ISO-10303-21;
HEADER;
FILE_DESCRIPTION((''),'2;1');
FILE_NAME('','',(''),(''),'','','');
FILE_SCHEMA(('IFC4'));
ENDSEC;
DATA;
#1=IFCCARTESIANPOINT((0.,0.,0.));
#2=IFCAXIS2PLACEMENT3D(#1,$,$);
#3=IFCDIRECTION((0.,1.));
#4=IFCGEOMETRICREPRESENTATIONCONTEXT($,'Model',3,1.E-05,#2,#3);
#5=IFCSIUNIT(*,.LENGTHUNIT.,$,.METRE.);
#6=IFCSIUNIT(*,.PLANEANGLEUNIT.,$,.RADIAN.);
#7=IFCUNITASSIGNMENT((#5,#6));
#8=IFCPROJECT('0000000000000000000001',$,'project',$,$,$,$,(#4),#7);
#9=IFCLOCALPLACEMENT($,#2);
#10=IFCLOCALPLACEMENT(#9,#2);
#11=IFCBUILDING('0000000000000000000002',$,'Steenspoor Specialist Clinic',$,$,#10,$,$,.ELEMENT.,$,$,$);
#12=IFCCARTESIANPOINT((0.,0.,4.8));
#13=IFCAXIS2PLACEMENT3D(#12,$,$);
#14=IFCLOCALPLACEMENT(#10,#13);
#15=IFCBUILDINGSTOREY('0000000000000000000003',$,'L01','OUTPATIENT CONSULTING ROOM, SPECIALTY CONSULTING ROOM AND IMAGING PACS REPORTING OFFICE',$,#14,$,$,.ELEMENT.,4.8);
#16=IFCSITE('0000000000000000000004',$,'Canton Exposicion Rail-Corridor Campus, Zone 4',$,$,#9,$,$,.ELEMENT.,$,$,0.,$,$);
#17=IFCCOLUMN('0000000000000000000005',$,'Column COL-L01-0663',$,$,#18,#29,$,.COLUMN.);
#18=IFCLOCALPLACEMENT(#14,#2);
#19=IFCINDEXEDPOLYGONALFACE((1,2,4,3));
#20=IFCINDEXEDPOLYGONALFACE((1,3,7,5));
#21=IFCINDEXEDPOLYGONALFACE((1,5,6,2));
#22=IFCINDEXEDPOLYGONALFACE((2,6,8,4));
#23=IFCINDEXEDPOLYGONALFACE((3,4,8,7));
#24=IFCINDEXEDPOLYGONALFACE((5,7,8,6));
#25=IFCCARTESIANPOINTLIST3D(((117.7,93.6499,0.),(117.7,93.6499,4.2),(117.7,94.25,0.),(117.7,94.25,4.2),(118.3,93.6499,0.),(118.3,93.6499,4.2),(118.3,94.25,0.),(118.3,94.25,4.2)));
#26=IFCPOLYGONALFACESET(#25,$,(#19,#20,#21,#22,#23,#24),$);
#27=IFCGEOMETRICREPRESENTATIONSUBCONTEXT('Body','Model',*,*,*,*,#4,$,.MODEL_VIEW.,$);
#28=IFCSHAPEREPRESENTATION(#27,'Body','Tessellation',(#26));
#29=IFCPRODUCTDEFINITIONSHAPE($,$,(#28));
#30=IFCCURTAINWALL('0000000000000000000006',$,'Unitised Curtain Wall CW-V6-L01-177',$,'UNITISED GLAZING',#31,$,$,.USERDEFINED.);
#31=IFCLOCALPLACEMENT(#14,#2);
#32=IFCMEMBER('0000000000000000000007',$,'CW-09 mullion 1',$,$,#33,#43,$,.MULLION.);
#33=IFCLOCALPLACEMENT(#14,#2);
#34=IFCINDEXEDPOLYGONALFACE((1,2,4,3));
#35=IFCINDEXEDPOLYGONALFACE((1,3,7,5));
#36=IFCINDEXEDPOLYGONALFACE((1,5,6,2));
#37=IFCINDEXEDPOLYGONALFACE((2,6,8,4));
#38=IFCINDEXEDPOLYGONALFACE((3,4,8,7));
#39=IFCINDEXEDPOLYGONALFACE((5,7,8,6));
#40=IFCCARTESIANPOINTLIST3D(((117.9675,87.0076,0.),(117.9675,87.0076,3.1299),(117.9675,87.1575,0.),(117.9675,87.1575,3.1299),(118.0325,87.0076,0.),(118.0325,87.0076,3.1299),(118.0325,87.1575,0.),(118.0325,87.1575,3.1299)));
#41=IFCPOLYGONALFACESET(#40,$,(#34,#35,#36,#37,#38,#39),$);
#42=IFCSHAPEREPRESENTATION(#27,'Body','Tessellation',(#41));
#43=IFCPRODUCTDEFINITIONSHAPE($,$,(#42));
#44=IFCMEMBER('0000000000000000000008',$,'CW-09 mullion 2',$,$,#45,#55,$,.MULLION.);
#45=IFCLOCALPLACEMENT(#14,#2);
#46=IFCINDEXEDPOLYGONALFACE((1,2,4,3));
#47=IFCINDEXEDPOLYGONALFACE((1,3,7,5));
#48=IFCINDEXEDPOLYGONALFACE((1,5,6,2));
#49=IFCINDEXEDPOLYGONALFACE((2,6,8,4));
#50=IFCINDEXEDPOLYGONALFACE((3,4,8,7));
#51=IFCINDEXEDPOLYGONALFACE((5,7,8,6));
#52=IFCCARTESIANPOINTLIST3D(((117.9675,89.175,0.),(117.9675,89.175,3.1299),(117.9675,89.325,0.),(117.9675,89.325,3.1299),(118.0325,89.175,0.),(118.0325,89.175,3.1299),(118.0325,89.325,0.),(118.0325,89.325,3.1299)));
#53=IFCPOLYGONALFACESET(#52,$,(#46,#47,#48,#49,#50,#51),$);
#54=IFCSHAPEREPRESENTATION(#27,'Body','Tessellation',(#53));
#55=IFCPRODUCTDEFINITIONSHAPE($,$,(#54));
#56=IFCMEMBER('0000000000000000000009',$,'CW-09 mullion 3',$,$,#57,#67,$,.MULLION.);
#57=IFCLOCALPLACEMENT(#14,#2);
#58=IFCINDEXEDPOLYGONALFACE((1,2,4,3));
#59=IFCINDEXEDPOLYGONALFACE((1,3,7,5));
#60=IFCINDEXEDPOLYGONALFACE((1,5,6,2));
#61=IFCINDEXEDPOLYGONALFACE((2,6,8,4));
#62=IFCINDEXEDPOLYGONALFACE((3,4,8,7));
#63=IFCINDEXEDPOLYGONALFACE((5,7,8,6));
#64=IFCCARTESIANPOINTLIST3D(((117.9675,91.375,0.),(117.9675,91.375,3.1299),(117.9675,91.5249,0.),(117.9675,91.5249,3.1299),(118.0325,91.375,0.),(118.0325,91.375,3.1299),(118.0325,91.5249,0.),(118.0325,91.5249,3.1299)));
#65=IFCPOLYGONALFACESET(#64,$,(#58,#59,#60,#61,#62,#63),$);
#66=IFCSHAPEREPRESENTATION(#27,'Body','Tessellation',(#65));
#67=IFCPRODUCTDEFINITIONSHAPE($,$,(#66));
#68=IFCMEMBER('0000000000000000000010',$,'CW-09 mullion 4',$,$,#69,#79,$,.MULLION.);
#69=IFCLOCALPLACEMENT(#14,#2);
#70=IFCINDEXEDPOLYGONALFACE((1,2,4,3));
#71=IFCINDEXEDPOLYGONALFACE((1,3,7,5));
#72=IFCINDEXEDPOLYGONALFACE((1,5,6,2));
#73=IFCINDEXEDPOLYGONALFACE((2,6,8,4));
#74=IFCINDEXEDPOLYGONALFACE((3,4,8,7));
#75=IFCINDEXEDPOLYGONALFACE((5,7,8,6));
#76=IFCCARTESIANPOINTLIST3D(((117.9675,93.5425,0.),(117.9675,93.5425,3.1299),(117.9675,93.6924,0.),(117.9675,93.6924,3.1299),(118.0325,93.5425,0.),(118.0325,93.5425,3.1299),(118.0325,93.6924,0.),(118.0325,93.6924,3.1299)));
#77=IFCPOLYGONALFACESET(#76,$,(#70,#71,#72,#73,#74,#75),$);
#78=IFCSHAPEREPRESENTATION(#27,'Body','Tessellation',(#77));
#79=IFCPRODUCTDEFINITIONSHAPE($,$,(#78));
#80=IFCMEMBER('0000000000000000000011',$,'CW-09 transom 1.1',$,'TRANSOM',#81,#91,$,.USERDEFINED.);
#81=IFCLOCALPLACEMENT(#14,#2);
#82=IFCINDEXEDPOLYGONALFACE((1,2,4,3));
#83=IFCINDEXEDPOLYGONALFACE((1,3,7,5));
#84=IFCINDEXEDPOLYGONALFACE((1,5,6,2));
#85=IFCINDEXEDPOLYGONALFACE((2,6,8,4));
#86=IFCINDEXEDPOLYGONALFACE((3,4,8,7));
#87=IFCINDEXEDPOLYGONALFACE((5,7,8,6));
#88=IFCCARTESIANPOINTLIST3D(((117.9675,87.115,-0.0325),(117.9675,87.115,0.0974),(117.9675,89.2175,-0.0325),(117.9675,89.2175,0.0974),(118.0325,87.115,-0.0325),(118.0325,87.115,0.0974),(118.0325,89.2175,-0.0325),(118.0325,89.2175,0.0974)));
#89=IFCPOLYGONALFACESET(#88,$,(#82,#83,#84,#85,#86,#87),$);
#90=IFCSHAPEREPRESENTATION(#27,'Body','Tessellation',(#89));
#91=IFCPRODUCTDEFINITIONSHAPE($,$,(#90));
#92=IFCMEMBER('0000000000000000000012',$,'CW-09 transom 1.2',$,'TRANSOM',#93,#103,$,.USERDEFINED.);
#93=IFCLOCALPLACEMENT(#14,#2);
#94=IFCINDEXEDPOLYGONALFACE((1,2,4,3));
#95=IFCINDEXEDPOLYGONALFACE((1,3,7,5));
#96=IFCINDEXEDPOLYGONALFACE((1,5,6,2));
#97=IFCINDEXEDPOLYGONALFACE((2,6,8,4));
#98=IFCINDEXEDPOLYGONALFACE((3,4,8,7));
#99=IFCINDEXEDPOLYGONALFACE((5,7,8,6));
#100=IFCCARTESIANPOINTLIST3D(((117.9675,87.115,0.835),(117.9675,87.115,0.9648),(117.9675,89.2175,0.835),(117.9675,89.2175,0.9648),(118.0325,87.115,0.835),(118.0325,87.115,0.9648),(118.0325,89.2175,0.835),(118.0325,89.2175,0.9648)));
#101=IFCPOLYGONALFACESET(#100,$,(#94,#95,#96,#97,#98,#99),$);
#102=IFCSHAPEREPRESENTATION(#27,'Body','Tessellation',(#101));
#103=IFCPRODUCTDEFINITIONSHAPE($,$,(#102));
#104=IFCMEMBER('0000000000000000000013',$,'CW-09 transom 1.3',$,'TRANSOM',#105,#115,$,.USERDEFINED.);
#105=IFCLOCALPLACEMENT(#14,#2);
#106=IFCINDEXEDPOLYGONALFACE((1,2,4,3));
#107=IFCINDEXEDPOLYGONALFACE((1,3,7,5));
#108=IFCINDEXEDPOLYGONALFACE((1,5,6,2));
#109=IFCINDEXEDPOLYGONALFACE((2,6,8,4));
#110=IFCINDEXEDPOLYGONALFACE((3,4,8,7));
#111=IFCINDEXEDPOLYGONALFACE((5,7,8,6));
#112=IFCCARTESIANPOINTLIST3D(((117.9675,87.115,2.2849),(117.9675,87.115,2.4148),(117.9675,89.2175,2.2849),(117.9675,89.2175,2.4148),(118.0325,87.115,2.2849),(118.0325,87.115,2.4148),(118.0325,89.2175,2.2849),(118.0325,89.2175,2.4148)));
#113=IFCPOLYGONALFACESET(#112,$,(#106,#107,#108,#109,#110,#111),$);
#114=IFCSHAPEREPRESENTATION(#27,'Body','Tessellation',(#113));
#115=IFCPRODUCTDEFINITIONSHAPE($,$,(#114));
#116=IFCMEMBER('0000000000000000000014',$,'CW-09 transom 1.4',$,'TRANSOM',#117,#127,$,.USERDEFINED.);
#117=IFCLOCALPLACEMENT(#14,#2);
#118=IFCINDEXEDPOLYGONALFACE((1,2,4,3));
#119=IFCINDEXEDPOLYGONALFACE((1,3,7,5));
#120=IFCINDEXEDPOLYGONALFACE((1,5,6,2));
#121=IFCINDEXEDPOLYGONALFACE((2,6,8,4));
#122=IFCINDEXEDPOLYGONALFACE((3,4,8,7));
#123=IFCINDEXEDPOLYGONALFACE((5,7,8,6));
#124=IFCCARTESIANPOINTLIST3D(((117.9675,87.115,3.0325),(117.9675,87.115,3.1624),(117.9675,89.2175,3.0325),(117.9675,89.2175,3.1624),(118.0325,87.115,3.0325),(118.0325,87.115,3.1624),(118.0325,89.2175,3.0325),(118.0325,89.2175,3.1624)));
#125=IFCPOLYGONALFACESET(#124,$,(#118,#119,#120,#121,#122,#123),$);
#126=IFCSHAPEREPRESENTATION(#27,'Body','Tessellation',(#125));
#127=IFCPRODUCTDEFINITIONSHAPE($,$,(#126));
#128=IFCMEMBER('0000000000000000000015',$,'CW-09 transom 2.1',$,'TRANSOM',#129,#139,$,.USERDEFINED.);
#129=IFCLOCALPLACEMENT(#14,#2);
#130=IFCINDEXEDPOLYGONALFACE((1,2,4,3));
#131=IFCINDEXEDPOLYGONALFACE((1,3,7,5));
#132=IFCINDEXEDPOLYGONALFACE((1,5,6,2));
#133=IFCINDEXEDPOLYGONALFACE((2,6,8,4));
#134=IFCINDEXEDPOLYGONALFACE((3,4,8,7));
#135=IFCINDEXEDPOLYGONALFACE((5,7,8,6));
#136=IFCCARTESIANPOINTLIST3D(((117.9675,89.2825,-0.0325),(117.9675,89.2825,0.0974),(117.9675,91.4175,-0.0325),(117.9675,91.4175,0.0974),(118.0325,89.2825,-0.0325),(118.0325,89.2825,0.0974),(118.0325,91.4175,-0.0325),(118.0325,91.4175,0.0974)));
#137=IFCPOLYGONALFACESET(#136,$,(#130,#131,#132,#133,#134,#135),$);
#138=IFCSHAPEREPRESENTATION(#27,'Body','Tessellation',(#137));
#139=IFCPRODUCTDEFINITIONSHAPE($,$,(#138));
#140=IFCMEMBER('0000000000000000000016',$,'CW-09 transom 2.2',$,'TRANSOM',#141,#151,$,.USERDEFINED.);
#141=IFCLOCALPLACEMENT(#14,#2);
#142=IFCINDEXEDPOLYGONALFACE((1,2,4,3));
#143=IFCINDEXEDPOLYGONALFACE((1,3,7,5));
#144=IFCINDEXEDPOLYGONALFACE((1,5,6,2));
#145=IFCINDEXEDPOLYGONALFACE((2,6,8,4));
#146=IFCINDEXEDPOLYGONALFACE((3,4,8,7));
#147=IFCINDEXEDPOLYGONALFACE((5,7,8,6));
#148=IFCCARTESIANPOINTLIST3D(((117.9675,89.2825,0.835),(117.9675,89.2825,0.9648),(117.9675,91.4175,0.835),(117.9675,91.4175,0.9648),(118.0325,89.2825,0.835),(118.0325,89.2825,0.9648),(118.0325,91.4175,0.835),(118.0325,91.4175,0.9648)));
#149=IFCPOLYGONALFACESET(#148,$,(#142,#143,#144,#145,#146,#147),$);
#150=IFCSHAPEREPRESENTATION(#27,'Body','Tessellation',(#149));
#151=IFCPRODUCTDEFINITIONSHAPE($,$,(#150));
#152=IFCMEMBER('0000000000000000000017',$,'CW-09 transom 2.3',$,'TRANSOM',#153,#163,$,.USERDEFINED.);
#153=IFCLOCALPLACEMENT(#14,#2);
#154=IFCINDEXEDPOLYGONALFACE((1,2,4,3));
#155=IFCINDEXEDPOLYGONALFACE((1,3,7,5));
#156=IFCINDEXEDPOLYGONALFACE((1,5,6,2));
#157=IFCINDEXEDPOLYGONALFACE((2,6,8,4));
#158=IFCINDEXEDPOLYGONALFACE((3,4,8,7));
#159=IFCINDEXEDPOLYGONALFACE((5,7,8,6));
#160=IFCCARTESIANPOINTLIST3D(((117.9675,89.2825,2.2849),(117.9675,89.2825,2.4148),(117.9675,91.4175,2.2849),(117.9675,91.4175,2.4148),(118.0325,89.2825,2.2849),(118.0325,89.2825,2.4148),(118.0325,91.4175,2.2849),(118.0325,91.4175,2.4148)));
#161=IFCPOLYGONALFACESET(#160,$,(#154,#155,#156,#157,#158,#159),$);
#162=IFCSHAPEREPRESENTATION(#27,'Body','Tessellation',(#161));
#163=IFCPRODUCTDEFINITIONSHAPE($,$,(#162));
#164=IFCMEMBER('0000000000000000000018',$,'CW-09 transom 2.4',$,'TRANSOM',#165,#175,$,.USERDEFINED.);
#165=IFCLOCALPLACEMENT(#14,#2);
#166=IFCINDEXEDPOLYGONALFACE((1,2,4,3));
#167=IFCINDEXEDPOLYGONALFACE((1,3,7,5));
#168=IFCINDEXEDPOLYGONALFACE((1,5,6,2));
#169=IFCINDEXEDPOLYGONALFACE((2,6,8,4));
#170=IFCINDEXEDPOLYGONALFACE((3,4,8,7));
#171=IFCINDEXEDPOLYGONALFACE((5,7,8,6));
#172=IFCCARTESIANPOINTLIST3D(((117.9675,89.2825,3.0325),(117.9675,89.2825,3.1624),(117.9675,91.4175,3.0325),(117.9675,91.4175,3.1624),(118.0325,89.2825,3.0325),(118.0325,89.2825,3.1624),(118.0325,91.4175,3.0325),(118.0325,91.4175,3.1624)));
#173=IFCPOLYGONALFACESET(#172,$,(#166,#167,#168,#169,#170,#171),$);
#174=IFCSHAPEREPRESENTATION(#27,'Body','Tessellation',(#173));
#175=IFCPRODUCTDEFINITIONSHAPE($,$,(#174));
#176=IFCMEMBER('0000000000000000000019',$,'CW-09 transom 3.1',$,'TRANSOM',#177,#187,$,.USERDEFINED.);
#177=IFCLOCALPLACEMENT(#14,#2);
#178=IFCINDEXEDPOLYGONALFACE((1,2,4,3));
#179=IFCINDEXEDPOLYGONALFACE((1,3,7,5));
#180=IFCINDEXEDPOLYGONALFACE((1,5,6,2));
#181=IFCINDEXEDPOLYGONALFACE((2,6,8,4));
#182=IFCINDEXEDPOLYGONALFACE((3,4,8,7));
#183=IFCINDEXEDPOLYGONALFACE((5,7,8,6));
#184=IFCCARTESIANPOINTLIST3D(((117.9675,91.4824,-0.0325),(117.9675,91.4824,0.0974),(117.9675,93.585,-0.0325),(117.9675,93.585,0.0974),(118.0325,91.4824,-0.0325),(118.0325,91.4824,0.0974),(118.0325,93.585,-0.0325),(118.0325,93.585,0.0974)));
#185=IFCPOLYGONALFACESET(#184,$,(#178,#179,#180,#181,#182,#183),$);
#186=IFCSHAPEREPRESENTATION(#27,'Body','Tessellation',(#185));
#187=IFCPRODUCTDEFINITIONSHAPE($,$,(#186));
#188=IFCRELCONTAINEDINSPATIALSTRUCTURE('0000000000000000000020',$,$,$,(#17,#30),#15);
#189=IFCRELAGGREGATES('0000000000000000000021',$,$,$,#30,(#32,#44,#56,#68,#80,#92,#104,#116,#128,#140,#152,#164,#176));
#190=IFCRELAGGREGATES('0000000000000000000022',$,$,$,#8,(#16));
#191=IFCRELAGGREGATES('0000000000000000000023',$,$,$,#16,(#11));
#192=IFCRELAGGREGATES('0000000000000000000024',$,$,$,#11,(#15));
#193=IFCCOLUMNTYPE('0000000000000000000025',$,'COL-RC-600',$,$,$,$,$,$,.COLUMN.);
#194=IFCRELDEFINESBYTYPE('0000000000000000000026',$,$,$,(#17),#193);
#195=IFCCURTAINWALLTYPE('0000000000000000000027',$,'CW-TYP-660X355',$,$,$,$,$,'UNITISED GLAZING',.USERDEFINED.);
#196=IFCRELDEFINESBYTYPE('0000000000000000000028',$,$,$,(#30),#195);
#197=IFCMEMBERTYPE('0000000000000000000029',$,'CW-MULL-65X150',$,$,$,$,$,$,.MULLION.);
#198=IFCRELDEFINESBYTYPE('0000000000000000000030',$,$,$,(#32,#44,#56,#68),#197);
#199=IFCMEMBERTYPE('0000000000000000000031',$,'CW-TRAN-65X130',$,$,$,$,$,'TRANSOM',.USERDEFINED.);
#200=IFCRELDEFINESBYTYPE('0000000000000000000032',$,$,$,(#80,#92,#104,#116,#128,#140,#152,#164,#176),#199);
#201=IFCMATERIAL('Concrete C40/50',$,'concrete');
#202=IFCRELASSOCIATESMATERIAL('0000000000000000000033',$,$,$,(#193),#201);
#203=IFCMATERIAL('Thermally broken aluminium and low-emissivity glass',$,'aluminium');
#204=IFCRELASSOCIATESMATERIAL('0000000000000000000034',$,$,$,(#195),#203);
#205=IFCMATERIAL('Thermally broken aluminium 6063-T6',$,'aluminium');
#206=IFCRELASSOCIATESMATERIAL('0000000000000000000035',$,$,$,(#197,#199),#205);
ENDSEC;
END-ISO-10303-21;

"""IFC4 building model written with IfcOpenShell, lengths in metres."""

from ifc_helpers import new_model, si_unit, direction, frame, origin, origin_2d, place, context, subcontext, project, spatial, rectangle, extrude, material, material_profile, profile_set, type_object, element, aggregate, save


model = new_model("IFC4")

# Units and contexts
model_context = context("Model", 3, precision=1e-05, world=origin(), true_north=direction((0.0, 1.0)))
body_context = subcontext(model_context, "Body", "Model", "MODEL_VIEW")
ifc_project = project(units=[si_unit("LENGTHUNIT", "METRE"), si_unit("PLANEANGLEUNIT", "RADIAN")], contexts=[model_context])

# Site, building, storey
site_placement = place(None, origin())
site = spatial("IfcSite", under=ifc_project, at=site_placement, Name="Canton Exposicion Rail-Corridor Campus, Zone 4", CompositionType="ELEMENT", RefElevation=0.0)
building_placement = place(site_placement, origin())
building = spatial("IfcBuilding", under=site, at=building_placement, Name="Steenspoor Specialist Clinic", CompositionType="ELEMENT")
storey_placement = place(building_placement, frame((0.0, 0.0, 4.8)))
storey = spatial("IfcBuildingStorey", under=building, at=storey_placement, Name="L01", Description="OUTPATIENT CONSULTING ROOM, SPECIALTY CONSULTING ROOM AND IMAGING PACS REPORTING OFFICE", CompositionType="ELEMENT", Elevation=4.8)

# Column
ifc_material_1 = material(Name="Concrete C40/50", Category="concrete")
ifc_material_profile_1 = material_profile(ifc_material_1, rectangle(XDim=0.6001, YDim=0.6001, at=origin_2d()), Name="RC-COL-600X600")
ifc_profile_set_1 = profile_set([ifc_material_profile_1], Name="Concrete C40/50")
column_type = type_object("IfcColumnType", Name="COL-RC-600", PredefinedType="COLUMN", material=ifc_profile_set_1)
column_placement = place(storey_placement, frame((118.0, 93.95, 0.0), z_axis=(0.0, 0.0, 1.0), x_axis=(1.0, 0.0, 0.0)))
element("IfcColumn", 1, at=column_placement, inside=storey, type_object=column_type, Name="Column COL-L01-0663", PredefinedType="COLUMN", context=body_context, shape_type="SweptSolid", body=[
    extrude(rectangle(XDim=0.6001, YDim=0.6001, at=origin_2d()), origin(), (0.0, 0.0, 1.0), 4.2),
])

# Curtain wall, members
ifc_material_2 = material(Name="Thermally broken aluminium and low-emissivity glass", Category="aluminium")
curtain_wall_type = type_object("IfcCurtainWallType", Name="CW-TYP-660X355", ElementType="UNITISED GLAZING", PredefinedType="USERDEFINED", material=ifc_material_2)
curtain_wall_placement = place(storey_placement, origin())
curtain_wall = element("IfcCurtainWall", 2, at=curtain_wall_placement, inside=storey, type_object=curtain_wall_type, Name="Unitised Curtain Wall CW-V6-L01-177", ObjectType="UNITISED GLAZING", PredefinedType="USERDEFINED")
ifc_material_3 = material(Name="Thermally broken aluminium 6063-T6", Category="aluminium")
ifc_material_profile_2 = material_profile(ifc_material_3, rectangle(XDim=0.0649, YDim=0.1499, at=origin_2d()), Name="CWM-65X150")
ifc_profile_set_2 = profile_set([ifc_material_profile_2], Name="Thermally broken aluminium 6063-T6")
member_type_1 = type_object("IfcMemberType", Name="CW-MULL-65X150", PredefinedType="MULLION", material=ifc_profile_set_2)
member_1_placement = place(storey_placement, frame((118.0, 87.0825, 0.0), z_axis=(0.0, 0.0, 1.0), x_axis=(-1.0, 0.0, 0.0)))
member_1 = element("IfcMember", 3, at=member_1_placement, type_object=member_type_1, Name="CW-09 mullion 1", PredefinedType="MULLION", context=body_context, shape_type="SweptSolid", body=[
    extrude(rectangle(XDim=0.0649, YDim=0.1499, at=origin_2d()), origin(), (0.0, 0.0, 1.0), 3.1299),
])
member_2_placement = place(storey_placement, frame((118.0, 89.25, 0.0), z_axis=(0.0, 0.0, 1.0), x_axis=(-1.0, 0.0, 0.0)))
member_2 = element("IfcMember", 4, at=member_2_placement, type_object=member_type_1, Name="CW-09 mullion 2", PredefinedType="MULLION", context=body_context, shape_type="SweptSolid", body=[
    extrude(rectangle(XDim=0.0649, YDim=0.1499, at=origin_2d()), origin(), (0.0, 0.0, 1.0), 3.1299),
])
member_3_placement = place(storey_placement, frame((118.0, 91.45, 0.0), z_axis=(0.0, 0.0, 1.0), x_axis=(-1.0, 0.0, 0.0)))
member_3 = element("IfcMember", 5, at=member_3_placement, type_object=member_type_1, Name="CW-09 mullion 3", PredefinedType="MULLION", context=body_context, shape_type="SweptSolid", body=[
    extrude(rectangle(XDim=0.0649, YDim=0.1499, at=origin_2d()), origin(), (0.0, 0.0, 1.0), 3.1299),
])
member_4_placement = place(storey_placement, frame((118.0, 93.6174, 0.0), z_axis=(0.0, 0.0, 1.0), x_axis=(-1.0, 0.0, 0.0)))
member_4 = element("IfcMember", 6, at=member_4_placement, type_object=member_type_1, Name="CW-09 mullion 4", PredefinedType="MULLION", context=body_context, shape_type="SweptSolid", body=[
    extrude(rectangle(XDim=0.0649, YDim=0.1499, at=origin_2d()), origin(), (0.0, 0.0, 1.0), 3.1299),
])
ifc_material_profile_3 = material_profile(ifc_material_3, rectangle(XDim=0.0649, YDim=0.1299, at=origin_2d()), Name="CWT-65X130")
ifc_profile_set_3 = profile_set([ifc_material_profile_3], Name="Thermally broken aluminium 6063-T6")
member_type_2 = type_object("IfcMemberType", Name="CW-TRAN-65X130", ElementType="TRANSOM", PredefinedType="USERDEFINED", material=ifc_profile_set_3)
member_5_placement = place(storey_placement, frame((118.0, 87.115, 0.0325), z_axis=(0.0, 1.0, 0.0), x_axis=(-1.0, 0.0, 0.0)))
member_5 = element("IfcMember", 7, at=member_5_placement, type_object=member_type_2, Name="CW-09 transom 1.1", ObjectType="TRANSOM", PredefinedType="USERDEFINED", context=body_context, shape_type="SweptSolid", body=[
    extrude(rectangle(XDim=0.0649, YDim=0.1299, at=origin_2d()), origin(), (0.0, 0.0, 1.0), 2.1025),
])
member_6_placement = place(storey_placement, frame((118.0, 87.115, 0.8999), z_axis=(0.0, 1.0, 0.0), x_axis=(-1.0, 0.0, 0.0)))
member_6 = element("IfcMember", 8, at=member_6_placement, type_object=member_type_2, Name="CW-09 transom 1.2", ObjectType="TRANSOM", PredefinedType="USERDEFINED", context=body_context, shape_type="SweptSolid", body=[
    extrude(rectangle(XDim=0.0649, YDim=0.1299, at=origin_2d()), origin(), (0.0, 0.0, 1.0), 2.1025),
])
member_7_placement = place(storey_placement, frame((118.0, 87.115, 2.3499), z_axis=(0.0, 1.0, 0.0), x_axis=(-1.0, 0.0, 0.0)))
member_7 = element("IfcMember", 9, at=member_7_placement, type_object=member_type_2, Name="CW-09 transom 1.3", ObjectType="TRANSOM", PredefinedType="USERDEFINED", context=body_context, shape_type="SweptSolid", body=[
    extrude(rectangle(XDim=0.0649, YDim=0.1299, at=origin_2d()), origin(), (0.0, 0.0, 1.0), 2.1025),
])
member_8_placement = place(storey_placement, frame((118.0, 87.115, 3.0974), z_axis=(0.0, 1.0, 0.0), x_axis=(-1.0, 0.0, 0.0)))
member_8 = element("IfcMember", 10, at=member_8_placement, type_object=member_type_2, Name="CW-09 transom 1.4", ObjectType="TRANSOM", PredefinedType="USERDEFINED", context=body_context, shape_type="SweptSolid", body=[
    extrude(rectangle(XDim=0.0649, YDim=0.1299, at=origin_2d()), origin(), (0.0, 0.0, 1.0), 2.1025),
])
member_9_placement = place(storey_placement, frame((118.0, 89.2825, 0.0325), z_axis=(0.0, 1.0, 0.0), x_axis=(-1.0, 0.0, 0.0)))
member_9 = element("IfcMember", 11, at=member_9_placement, type_object=member_type_2, Name="CW-09 transom 2.1", ObjectType="TRANSOM", PredefinedType="USERDEFINED", context=body_context, shape_type="SweptSolid", body=[
    extrude(rectangle(XDim=0.0649, YDim=0.1299, at=origin_2d()), origin(), (0.0, 0.0, 1.0), 2.135),
])
member_10_placement = place(storey_placement, frame((118.0, 89.2825, 0.8999), z_axis=(0.0, 1.0, 0.0), x_axis=(-1.0, 0.0, 0.0)))
member_10 = element("IfcMember", 12, at=member_10_placement, type_object=member_type_2, Name="CW-09 transom 2.2", ObjectType="TRANSOM", PredefinedType="USERDEFINED", context=body_context, shape_type="SweptSolid", body=[
    extrude(rectangle(XDim=0.0649, YDim=0.1299, at=origin_2d()), origin(), (0.0, 0.0, 1.0), 2.135),
])
member_11_placement = place(storey_placement, frame((118.0, 89.2825, 2.3499), z_axis=(0.0, 1.0, 0.0), x_axis=(-1.0, 0.0, 0.0)))
member_11 = element("IfcMember", 13, at=member_11_placement, type_object=member_type_2, Name="CW-09 transom 2.3", ObjectType="TRANSOM", PredefinedType="USERDEFINED", context=body_context, shape_type="SweptSolid", body=[
    extrude(rectangle(XDim=0.0649, YDim=0.1299, at=origin_2d()), origin(), (0.0, 0.0, 1.0), 2.135),
])
member_12_placement = place(storey_placement, frame((118.0, 89.2825, 3.0974), z_axis=(0.0, 1.0, 0.0), x_axis=(-1.0, 0.0, 0.0)))
member_12 = element("IfcMember", 14, at=member_12_placement, type_object=member_type_2, Name="CW-09 transom 2.4", ObjectType="TRANSOM", PredefinedType="USERDEFINED", context=body_context, shape_type="SweptSolid", body=[
    extrude(rectangle(XDim=0.0649, YDim=0.1299, at=origin_2d()), origin(), (0.0, 0.0, 1.0), 2.135),
])
member_13_placement = place(storey_placement, frame((118.0, 91.4824, 0.0325), z_axis=(0.0, 1.0, 0.0), x_axis=(-1.0, 0.0, 0.0)))
member_13 = element("IfcMember", 15, at=member_13_placement, type_object=member_type_2, Name="CW-09 transom 3.1", ObjectType="TRANSOM", PredefinedType="USERDEFINED", context=body_context, shape_type="SweptSolid", body=[
    extrude(rectangle(XDim=0.0649, YDim=0.1299, at=origin_2d()), origin(), (0.0, 0.0, 1.0), 2.1025),
])

aggregate(curtain_wall, [member_1, member_2, member_3, member_4, member_5, member_6, member_7, member_8, member_9, member_10, member_11, member_12, member_13])

save(model, "model.ifc")
